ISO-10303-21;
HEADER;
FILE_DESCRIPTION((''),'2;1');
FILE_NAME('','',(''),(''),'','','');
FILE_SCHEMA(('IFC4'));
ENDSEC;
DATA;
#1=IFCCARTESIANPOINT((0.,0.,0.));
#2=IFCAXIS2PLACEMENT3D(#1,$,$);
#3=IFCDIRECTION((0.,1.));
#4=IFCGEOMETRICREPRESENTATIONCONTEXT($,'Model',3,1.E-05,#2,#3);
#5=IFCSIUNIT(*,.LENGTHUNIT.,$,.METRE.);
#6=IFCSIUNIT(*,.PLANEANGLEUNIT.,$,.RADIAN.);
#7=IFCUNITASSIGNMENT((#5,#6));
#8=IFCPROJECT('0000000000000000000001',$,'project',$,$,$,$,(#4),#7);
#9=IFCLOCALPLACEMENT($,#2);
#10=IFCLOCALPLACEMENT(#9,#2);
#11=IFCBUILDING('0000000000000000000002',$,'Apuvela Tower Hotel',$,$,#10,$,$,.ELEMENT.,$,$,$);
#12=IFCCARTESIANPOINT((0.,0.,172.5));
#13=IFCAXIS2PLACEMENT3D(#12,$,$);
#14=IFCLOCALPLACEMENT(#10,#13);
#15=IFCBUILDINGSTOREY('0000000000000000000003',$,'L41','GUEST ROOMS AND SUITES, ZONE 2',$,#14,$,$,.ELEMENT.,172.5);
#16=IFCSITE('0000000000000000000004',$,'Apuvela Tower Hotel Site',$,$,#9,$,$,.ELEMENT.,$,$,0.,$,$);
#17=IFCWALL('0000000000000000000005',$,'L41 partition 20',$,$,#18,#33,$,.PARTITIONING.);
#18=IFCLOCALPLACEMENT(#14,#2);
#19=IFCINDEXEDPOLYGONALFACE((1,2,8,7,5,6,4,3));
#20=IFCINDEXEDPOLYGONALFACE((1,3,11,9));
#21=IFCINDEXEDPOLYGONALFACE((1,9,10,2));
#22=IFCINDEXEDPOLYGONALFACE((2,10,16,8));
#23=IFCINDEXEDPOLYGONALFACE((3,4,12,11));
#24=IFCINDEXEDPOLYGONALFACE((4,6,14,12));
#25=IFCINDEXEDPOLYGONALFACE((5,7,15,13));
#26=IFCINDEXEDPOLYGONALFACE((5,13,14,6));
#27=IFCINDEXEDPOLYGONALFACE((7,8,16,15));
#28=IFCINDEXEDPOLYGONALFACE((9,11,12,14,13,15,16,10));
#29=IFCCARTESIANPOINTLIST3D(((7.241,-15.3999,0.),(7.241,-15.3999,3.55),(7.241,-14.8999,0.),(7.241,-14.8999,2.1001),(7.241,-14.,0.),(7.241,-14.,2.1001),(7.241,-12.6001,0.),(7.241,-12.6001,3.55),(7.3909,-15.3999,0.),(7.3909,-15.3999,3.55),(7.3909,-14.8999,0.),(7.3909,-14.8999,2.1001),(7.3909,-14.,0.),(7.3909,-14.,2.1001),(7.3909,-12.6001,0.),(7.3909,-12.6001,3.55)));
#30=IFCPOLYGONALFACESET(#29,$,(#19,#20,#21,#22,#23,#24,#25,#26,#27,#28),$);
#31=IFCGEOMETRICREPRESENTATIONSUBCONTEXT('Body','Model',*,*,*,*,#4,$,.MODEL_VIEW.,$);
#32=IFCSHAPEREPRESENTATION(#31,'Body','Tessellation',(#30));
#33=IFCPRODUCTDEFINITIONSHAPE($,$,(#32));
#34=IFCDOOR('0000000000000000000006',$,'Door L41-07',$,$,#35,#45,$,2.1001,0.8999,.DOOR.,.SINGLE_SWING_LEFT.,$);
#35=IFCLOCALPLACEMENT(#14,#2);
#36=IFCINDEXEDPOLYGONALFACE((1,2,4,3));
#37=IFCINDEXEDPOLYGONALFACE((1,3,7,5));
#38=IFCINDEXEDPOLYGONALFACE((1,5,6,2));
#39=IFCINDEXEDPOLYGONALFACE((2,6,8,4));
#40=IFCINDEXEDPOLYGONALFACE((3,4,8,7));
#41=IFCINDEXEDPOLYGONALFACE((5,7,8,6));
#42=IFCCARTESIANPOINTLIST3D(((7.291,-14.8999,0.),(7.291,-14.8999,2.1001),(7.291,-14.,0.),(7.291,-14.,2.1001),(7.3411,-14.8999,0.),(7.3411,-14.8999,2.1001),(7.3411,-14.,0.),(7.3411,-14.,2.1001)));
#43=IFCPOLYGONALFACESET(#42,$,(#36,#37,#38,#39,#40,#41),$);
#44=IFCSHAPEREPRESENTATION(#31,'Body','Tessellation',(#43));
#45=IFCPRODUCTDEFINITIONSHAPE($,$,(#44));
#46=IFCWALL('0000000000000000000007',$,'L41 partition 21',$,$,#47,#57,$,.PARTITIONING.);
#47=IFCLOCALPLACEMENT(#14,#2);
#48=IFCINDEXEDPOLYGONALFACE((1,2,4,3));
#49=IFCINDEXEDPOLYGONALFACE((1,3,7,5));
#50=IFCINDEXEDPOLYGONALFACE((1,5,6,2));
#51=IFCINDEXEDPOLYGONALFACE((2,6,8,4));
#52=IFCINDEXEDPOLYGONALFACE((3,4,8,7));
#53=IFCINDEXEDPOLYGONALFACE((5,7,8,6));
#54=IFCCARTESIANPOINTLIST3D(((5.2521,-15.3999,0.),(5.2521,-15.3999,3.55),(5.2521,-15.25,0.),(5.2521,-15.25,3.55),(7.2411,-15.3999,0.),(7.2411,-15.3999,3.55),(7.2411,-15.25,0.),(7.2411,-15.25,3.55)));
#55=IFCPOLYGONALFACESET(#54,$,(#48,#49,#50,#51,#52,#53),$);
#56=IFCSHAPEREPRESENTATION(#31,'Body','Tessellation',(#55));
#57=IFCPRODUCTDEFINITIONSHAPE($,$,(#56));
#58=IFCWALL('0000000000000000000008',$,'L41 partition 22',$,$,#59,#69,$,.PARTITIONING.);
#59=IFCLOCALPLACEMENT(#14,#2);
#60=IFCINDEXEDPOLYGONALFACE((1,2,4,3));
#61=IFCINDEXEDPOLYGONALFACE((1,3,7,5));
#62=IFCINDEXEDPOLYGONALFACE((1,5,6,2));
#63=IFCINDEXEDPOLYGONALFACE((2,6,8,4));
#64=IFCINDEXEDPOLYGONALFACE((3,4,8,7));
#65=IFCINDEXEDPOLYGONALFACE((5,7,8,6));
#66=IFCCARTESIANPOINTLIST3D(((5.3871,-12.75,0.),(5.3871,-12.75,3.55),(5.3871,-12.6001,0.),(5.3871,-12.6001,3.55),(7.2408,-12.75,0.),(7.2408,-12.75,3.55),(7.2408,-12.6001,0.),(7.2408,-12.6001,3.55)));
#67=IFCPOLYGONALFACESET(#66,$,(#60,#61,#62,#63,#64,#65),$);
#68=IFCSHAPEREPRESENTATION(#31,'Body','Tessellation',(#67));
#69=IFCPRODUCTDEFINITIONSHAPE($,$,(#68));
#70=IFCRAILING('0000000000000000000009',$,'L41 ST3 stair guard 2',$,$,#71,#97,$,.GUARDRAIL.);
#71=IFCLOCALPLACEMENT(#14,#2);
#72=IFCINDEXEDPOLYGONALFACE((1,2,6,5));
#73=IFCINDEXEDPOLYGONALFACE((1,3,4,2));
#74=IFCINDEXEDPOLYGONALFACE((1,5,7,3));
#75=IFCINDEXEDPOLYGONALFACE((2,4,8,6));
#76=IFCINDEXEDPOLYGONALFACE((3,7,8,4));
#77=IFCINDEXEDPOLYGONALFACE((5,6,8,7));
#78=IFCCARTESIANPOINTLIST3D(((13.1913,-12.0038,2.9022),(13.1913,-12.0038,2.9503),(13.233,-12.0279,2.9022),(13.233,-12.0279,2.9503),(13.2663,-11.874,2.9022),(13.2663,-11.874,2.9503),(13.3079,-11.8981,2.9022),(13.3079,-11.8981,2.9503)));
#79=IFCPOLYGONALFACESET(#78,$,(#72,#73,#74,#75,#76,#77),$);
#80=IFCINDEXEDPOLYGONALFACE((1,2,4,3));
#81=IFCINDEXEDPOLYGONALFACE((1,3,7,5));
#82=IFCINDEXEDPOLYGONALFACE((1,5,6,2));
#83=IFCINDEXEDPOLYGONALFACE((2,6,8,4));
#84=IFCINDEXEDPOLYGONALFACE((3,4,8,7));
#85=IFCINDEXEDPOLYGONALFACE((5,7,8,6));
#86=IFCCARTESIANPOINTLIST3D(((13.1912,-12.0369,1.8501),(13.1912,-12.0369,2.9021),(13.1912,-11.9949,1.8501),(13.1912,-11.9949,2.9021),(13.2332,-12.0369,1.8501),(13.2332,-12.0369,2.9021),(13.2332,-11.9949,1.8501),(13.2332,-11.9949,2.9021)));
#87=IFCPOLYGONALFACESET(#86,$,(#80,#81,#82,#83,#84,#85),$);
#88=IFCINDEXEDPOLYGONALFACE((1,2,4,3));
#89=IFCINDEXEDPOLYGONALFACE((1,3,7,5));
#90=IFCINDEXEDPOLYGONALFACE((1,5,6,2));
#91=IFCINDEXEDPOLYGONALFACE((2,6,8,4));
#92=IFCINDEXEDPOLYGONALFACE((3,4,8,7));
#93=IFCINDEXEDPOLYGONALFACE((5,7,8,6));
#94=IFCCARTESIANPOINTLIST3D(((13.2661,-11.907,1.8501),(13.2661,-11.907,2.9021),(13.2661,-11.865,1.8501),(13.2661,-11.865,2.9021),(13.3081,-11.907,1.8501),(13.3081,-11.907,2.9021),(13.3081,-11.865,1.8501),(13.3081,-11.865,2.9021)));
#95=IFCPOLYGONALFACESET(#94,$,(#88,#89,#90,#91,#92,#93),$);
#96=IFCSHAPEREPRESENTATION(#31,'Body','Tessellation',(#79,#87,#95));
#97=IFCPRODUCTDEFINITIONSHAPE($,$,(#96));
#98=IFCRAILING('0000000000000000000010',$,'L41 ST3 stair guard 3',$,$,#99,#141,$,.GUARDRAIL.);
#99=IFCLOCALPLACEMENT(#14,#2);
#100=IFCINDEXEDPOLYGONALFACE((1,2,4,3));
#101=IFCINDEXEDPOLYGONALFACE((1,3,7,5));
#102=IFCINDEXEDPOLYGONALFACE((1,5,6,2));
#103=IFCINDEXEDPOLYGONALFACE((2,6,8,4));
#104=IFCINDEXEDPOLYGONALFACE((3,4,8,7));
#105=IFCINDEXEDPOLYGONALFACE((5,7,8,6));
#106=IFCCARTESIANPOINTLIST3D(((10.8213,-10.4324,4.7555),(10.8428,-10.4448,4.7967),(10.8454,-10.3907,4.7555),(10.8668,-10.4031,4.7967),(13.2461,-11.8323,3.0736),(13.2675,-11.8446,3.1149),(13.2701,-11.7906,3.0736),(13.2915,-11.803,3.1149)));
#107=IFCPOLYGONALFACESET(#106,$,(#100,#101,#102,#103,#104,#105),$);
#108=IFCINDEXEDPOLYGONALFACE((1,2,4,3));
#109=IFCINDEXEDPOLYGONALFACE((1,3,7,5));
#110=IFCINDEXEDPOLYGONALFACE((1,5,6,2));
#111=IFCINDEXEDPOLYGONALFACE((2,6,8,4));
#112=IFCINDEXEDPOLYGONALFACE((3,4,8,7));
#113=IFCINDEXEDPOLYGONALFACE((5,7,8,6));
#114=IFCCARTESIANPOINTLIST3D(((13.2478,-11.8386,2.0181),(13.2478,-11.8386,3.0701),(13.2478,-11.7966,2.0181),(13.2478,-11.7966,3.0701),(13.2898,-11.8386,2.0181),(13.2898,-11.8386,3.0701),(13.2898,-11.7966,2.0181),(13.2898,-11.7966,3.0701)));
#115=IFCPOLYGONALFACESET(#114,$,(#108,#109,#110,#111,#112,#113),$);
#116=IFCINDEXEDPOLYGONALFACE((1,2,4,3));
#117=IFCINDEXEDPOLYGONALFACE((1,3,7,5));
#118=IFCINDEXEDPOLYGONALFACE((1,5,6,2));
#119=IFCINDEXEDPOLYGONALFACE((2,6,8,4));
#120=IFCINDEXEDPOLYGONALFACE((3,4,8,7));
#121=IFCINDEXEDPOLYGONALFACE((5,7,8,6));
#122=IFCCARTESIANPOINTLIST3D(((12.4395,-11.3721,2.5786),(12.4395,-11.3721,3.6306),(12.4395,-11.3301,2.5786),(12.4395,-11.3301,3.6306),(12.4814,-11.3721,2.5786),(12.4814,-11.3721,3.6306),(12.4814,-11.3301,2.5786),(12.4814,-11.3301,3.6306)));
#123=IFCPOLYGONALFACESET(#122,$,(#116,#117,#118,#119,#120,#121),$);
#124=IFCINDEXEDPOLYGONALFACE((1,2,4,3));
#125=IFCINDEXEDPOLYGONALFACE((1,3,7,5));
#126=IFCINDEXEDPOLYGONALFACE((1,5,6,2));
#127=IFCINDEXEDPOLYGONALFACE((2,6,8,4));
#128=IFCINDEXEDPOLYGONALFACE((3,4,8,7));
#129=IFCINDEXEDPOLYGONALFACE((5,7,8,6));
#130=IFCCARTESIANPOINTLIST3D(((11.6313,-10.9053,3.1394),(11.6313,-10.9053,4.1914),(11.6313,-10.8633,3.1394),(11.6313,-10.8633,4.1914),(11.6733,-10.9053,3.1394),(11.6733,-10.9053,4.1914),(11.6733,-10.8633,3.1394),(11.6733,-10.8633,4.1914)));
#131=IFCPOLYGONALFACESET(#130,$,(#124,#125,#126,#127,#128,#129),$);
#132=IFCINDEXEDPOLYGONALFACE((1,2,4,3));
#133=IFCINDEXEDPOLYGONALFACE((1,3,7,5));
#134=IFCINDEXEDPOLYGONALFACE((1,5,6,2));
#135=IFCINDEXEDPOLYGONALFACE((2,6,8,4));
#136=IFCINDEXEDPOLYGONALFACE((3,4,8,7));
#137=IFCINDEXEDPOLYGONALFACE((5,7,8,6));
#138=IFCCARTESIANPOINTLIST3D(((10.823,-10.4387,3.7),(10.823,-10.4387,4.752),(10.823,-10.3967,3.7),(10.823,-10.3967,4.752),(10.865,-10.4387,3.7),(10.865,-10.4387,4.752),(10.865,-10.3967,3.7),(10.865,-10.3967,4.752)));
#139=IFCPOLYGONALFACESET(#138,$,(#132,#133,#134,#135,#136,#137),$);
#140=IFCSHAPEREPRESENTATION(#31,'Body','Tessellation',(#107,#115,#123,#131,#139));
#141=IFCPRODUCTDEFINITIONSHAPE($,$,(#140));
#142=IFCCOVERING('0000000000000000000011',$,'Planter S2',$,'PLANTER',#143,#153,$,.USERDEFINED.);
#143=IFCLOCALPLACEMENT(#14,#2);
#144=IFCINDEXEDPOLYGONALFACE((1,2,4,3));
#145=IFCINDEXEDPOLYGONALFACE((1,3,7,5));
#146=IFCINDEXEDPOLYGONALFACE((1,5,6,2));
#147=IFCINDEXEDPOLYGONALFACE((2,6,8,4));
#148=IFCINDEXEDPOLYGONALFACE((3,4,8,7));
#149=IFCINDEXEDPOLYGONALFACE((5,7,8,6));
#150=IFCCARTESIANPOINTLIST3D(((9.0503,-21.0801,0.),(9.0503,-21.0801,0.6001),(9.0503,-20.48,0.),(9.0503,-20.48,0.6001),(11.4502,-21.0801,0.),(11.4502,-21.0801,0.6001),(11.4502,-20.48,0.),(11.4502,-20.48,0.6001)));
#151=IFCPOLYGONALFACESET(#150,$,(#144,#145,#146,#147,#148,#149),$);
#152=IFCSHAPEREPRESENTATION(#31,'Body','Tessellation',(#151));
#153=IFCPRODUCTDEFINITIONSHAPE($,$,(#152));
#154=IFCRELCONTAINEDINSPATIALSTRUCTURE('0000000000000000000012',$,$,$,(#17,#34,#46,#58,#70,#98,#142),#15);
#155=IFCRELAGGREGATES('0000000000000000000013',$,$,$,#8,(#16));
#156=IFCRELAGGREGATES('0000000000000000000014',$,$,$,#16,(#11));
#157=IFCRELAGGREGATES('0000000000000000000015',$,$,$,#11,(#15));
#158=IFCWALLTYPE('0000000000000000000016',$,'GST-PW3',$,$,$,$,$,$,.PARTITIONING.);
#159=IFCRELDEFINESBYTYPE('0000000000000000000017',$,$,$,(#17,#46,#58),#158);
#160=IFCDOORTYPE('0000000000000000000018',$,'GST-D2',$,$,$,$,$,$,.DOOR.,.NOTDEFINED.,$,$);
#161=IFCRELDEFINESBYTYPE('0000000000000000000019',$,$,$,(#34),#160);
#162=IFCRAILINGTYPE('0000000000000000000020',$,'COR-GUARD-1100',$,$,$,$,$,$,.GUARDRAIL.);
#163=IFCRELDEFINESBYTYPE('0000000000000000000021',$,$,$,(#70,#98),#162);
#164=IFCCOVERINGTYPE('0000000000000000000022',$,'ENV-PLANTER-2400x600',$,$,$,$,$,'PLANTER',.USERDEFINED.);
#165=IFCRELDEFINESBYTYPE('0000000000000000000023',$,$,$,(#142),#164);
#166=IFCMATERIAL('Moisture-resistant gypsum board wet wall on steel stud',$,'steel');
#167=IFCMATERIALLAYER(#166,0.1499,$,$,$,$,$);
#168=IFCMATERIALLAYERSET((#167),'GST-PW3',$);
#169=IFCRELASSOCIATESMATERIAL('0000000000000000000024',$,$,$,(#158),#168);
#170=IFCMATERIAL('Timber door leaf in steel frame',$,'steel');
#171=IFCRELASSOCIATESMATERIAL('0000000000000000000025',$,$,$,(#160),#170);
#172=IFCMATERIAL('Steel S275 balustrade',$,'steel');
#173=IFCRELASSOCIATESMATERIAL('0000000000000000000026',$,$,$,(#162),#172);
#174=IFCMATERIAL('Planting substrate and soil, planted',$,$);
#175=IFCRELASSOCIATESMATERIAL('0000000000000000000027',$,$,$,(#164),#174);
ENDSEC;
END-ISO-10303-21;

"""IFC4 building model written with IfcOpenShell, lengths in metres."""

from ifc_helpers import new_model, si_unit, direction, frame, frame_2d, origin, origin_2d, place, context, subcontext, project, spatial, rectangle, extrude, material, layer, layer_set, type_object, element, fill, save


model = new_model("IFC4")

# Units and contexts
model_context = context("Model", 3, precision=1e-05, world=origin(), true_north=direction((0.0, 1.0)))
body_context = subcontext(model_context, "Body", "Model", "MODEL_VIEW")
ifc_project = project(units=[si_unit("LENGTHUNIT", "METRE"), si_unit("PLANEANGLEUNIT", "RADIAN")], contexts=[model_context])

# Site, building, storey
site_placement = place(None, origin())
site = spatial("IfcSite", under=ifc_project, at=site_placement, Name="Apuvela Tower Hotel Site", CompositionType="ELEMENT", RefElevation=0.0)
building_placement = place(site_placement, origin())
building = spatial("IfcBuilding", under=site, at=building_placement, Name="Apuvela Tower Hotel", CompositionType="ELEMENT")
storey_placement = place(building_placement, frame((0.0, 0.0, 172.5)))
storey = spatial("IfcBuildingStorey", under=building, at=storey_placement, Name="L41", Description="GUEST ROOMS AND SUITES, ZONE 2", CompositionType="ELEMENT", Elevation=172.5)

# Shared definitions
ifc_material_1 = material(Name="Moisture-resistant gypsum board wet wall on steel stud", Category="steel")
ifc_layer_1 = layer(ifc_material_1, 0.1499)
ifc_layer_set_1 = layer_set([ifc_layer_1], Name="GST-PW3")
wall_type_1 = type_object("IfcWallType", Name="GST-PW3", PredefinedType="PARTITIONING", material=ifc_layer_set_1)

# Wall, opening, door
wall_1_placement = place(storey_placement, frame((7.3159, -15.3999, 0.0), z_axis=(0.0, 0.0, 1.0), x_axis=(0.0, 1.0, 0.0)))
wall_1 = element("IfcWall", 1, at=wall_1_placement, inside=storey, type_object=wall_type_1, Name="L41 partition 20", PredefinedType="PARTITIONING", context=body_context, shape_type="SweptSolid", body=[
    extrude(rectangle(XDim=2.7998, YDim=0.1499, at=frame_2d((1.3999, 0.0))), origin(), (0.0, 0.0, 1.0), 3.55),
])
opening_1_placement = place(wall_1_placement, frame((0.5, 0.0, 0.0)))
opening_1 = element("IfcOpeningElement", 2, at=opening_1_placement, cuts=wall_1, PredefinedType="OPENING", context=body_context, shape_type="SweptSolid", body=[
    extrude(rectangle(XDim=0.8999, YDim=2.1001, at=frame_2d((0.45, 1.05))), frame((0.0, 0.085, 0.0), z_axis=(0.0, -1.0, 0.0), x_axis=(1.0, 0.0, 0.0)), (0.0, 0.0, 1.0), 0.1699),
])
ifc_material_2 = material(Name="Timber door leaf in steel frame", Category="steel")
door_type_1 = type_object("IfcDoorType", Name="GST-D2", OperationType="NOTDEFINED", PredefinedType="DOOR", material=ifc_material_2)
door_1_placement = place(opening_1_placement, origin())
door_1 = element("IfcDoor", 3, at=door_1_placement, inside=storey, type_object=door_type_1, Name="Door L41-07", OperationType="SINGLE_SWING_LEFT", OverallHeight=2.1001, OverallWidth=0.8999, PredefinedType="DOOR", context=body_context, shape_type="SweptSolid", body=[
    extrude(rectangle(XDim=0.8999, YDim=2.1001, at=frame_2d((0.45, 1.05))), frame((0.0, 0.0249, 0.0), z_axis=(0.0, -1.0, 0.0), x_axis=(1.0, 0.0, 0.0)), (0.0, 0.0, 1.0), 0.05),
])
fill(opening_1, door_1)

# Walls
wall_2_placement = place(storey_placement, frame((5.252, -15.325, 0.0), z_axis=(0.0, 0.0, 1.0), x_axis=(1.0, 0.0, 0.0)))
element("IfcWall", 4, at=wall_2_placement, inside=storey, type_object=wall_type_1, Name="L41 partition 21", PredefinedType="PARTITIONING", context=body_context, shape_type="SweptSolid", body=[
    extrude(rectangle(XDim=1.989, YDim=0.1499, at=frame_2d((0.9946, 0.0))), origin(), (0.0, 0.0, 1.0), 3.55),
])
wall_3_placement = place(storey_placement, frame((5.3872, -12.675, 0.0), z_axis=(0.0, 0.0, 1.0), x_axis=(1.0, 0.0, 0.0)))
element("IfcWall", 5, at=wall_3_placement, inside=storey, type_object=wall_type_1, Name="L41 partition 22", PredefinedType="PARTITIONING", context=body_context, shape_type="SweptSolid", body=[
    extrude(rectangle(XDim=1.8538, YDim=0.1499, at=frame_2d((0.9268, 0.0))), origin(), (0.0, 0.0, 1.0), 3.55),
])

# Railings
ifc_material_3 = material(Name="Steel S275 balustrade", Category="steel")
railing_type = type_object("IfcRailingType", Name="COR-GUARD-1100", PredefinedType="GUARDRAIL", material=ifc_material_3)
railing_1_placement = place(storey_placement, frame((13.2122, -12.0159, 1.8501)))
element("IfcRailing", 6, at=railing_1_placement, inside=storey, type_object=railing_type, Name="L41 ST3 stair guard 2", PredefinedType="GUARDRAIL", context=body_context, shape_type="SweptSolid", body=[
    extrude(rectangle(XDim=0.0481, YDim=0.0481, at=origin_2d()), frame((0.0, 0.0, 1.0762), z_axis=(0.499816, 0.866131, 0.0), x_axis=(-0.866131, 0.499816, 0.0)), (0.0, 0.0, 1.0), 0.1499),
    extrude(rectangle(XDim=0.042, YDim=0.042, at=origin_2d()), origin(), (0.0, 0.0, 1.0), 1.052),
    extrude(rectangle(XDim=0.042, YDim=0.042, at=origin_2d()), frame((0.075, 0.1299, 0.0)), (0.0, 0.0, 1.0), 1.052),
])
railing_2_placement = place(storey_placement, frame((13.2688, -11.8176, 2.0181)))
element("IfcRailing", 7, at=railing_2_placement, inside=storey, type_object=railing_type, Name="L41 ST3 stair guard 3", PredefinedType="GUARDRAIL", context=body_context, shape_type="SweptSolid", body=[
    extrude(rectangle(XDim=0.0481, YDim=0.0481, at=origin_2d()), frame((0.0, 0.0, 1.0762), z_axis=(-0.74239, 0.428601, 0.514934), x_axis=(-0.499984, -0.866035, 0.0)), (0.0, 0.0, 1.0), 3.2661),
    extrude(rectangle(XDim=0.042, YDim=0.042, at=origin_2d()), origin(), (0.0, 0.0, 1.0), 1.052),
    extrude(rectangle(XDim=0.042, YDim=0.042, at=origin_2d()), frame((-0.8083, 0.4666, 0.5605)), (0.0, 0.0, 1.0), 1.052),
    extrude(rectangle(XDim=0.042, YDim=0.042, at=origin_2d()), frame((-1.6165, 0.9333, 1.1213)), (0.0, 0.0, 1.0), 1.052),
    extrude(rectangle(XDim=0.042, YDim=0.042, at=origin_2d()), frame((-2.4248, 1.3999, 1.6819)), (0.0, 0.0, 1.0), 1.052),
])

# Covering
ifc_material_4 = material(Name="Planting substrate and soil, planted")
covering_type = type_object("IfcCoveringType", Name="ENV-PLANTER-2400x600", ElementType="PLANTER", PredefinedType="USERDEFINED", material=ifc_material_4)
covering_placement = place(storey_placement, frame((10.2502, -20.78, 0.0), z_axis=(0.0, 0.0, 1.0), x_axis=(1.0, 0.0, 0.0)))
element("IfcCovering", 8, at=covering_placement, inside=storey, type_object=covering_type, Name="Planter S2", ObjectType="PLANTER", PredefinedType="USERDEFINED", context=body_context, shape_type="SweptSolid", body=[
    extrude(rectangle(XDim=2.3999, YDim=0.6001, at=origin_2d()), origin(), (0.0, 0.0, 1.0), 0.6001),
])

save(model, "model.ifc")
